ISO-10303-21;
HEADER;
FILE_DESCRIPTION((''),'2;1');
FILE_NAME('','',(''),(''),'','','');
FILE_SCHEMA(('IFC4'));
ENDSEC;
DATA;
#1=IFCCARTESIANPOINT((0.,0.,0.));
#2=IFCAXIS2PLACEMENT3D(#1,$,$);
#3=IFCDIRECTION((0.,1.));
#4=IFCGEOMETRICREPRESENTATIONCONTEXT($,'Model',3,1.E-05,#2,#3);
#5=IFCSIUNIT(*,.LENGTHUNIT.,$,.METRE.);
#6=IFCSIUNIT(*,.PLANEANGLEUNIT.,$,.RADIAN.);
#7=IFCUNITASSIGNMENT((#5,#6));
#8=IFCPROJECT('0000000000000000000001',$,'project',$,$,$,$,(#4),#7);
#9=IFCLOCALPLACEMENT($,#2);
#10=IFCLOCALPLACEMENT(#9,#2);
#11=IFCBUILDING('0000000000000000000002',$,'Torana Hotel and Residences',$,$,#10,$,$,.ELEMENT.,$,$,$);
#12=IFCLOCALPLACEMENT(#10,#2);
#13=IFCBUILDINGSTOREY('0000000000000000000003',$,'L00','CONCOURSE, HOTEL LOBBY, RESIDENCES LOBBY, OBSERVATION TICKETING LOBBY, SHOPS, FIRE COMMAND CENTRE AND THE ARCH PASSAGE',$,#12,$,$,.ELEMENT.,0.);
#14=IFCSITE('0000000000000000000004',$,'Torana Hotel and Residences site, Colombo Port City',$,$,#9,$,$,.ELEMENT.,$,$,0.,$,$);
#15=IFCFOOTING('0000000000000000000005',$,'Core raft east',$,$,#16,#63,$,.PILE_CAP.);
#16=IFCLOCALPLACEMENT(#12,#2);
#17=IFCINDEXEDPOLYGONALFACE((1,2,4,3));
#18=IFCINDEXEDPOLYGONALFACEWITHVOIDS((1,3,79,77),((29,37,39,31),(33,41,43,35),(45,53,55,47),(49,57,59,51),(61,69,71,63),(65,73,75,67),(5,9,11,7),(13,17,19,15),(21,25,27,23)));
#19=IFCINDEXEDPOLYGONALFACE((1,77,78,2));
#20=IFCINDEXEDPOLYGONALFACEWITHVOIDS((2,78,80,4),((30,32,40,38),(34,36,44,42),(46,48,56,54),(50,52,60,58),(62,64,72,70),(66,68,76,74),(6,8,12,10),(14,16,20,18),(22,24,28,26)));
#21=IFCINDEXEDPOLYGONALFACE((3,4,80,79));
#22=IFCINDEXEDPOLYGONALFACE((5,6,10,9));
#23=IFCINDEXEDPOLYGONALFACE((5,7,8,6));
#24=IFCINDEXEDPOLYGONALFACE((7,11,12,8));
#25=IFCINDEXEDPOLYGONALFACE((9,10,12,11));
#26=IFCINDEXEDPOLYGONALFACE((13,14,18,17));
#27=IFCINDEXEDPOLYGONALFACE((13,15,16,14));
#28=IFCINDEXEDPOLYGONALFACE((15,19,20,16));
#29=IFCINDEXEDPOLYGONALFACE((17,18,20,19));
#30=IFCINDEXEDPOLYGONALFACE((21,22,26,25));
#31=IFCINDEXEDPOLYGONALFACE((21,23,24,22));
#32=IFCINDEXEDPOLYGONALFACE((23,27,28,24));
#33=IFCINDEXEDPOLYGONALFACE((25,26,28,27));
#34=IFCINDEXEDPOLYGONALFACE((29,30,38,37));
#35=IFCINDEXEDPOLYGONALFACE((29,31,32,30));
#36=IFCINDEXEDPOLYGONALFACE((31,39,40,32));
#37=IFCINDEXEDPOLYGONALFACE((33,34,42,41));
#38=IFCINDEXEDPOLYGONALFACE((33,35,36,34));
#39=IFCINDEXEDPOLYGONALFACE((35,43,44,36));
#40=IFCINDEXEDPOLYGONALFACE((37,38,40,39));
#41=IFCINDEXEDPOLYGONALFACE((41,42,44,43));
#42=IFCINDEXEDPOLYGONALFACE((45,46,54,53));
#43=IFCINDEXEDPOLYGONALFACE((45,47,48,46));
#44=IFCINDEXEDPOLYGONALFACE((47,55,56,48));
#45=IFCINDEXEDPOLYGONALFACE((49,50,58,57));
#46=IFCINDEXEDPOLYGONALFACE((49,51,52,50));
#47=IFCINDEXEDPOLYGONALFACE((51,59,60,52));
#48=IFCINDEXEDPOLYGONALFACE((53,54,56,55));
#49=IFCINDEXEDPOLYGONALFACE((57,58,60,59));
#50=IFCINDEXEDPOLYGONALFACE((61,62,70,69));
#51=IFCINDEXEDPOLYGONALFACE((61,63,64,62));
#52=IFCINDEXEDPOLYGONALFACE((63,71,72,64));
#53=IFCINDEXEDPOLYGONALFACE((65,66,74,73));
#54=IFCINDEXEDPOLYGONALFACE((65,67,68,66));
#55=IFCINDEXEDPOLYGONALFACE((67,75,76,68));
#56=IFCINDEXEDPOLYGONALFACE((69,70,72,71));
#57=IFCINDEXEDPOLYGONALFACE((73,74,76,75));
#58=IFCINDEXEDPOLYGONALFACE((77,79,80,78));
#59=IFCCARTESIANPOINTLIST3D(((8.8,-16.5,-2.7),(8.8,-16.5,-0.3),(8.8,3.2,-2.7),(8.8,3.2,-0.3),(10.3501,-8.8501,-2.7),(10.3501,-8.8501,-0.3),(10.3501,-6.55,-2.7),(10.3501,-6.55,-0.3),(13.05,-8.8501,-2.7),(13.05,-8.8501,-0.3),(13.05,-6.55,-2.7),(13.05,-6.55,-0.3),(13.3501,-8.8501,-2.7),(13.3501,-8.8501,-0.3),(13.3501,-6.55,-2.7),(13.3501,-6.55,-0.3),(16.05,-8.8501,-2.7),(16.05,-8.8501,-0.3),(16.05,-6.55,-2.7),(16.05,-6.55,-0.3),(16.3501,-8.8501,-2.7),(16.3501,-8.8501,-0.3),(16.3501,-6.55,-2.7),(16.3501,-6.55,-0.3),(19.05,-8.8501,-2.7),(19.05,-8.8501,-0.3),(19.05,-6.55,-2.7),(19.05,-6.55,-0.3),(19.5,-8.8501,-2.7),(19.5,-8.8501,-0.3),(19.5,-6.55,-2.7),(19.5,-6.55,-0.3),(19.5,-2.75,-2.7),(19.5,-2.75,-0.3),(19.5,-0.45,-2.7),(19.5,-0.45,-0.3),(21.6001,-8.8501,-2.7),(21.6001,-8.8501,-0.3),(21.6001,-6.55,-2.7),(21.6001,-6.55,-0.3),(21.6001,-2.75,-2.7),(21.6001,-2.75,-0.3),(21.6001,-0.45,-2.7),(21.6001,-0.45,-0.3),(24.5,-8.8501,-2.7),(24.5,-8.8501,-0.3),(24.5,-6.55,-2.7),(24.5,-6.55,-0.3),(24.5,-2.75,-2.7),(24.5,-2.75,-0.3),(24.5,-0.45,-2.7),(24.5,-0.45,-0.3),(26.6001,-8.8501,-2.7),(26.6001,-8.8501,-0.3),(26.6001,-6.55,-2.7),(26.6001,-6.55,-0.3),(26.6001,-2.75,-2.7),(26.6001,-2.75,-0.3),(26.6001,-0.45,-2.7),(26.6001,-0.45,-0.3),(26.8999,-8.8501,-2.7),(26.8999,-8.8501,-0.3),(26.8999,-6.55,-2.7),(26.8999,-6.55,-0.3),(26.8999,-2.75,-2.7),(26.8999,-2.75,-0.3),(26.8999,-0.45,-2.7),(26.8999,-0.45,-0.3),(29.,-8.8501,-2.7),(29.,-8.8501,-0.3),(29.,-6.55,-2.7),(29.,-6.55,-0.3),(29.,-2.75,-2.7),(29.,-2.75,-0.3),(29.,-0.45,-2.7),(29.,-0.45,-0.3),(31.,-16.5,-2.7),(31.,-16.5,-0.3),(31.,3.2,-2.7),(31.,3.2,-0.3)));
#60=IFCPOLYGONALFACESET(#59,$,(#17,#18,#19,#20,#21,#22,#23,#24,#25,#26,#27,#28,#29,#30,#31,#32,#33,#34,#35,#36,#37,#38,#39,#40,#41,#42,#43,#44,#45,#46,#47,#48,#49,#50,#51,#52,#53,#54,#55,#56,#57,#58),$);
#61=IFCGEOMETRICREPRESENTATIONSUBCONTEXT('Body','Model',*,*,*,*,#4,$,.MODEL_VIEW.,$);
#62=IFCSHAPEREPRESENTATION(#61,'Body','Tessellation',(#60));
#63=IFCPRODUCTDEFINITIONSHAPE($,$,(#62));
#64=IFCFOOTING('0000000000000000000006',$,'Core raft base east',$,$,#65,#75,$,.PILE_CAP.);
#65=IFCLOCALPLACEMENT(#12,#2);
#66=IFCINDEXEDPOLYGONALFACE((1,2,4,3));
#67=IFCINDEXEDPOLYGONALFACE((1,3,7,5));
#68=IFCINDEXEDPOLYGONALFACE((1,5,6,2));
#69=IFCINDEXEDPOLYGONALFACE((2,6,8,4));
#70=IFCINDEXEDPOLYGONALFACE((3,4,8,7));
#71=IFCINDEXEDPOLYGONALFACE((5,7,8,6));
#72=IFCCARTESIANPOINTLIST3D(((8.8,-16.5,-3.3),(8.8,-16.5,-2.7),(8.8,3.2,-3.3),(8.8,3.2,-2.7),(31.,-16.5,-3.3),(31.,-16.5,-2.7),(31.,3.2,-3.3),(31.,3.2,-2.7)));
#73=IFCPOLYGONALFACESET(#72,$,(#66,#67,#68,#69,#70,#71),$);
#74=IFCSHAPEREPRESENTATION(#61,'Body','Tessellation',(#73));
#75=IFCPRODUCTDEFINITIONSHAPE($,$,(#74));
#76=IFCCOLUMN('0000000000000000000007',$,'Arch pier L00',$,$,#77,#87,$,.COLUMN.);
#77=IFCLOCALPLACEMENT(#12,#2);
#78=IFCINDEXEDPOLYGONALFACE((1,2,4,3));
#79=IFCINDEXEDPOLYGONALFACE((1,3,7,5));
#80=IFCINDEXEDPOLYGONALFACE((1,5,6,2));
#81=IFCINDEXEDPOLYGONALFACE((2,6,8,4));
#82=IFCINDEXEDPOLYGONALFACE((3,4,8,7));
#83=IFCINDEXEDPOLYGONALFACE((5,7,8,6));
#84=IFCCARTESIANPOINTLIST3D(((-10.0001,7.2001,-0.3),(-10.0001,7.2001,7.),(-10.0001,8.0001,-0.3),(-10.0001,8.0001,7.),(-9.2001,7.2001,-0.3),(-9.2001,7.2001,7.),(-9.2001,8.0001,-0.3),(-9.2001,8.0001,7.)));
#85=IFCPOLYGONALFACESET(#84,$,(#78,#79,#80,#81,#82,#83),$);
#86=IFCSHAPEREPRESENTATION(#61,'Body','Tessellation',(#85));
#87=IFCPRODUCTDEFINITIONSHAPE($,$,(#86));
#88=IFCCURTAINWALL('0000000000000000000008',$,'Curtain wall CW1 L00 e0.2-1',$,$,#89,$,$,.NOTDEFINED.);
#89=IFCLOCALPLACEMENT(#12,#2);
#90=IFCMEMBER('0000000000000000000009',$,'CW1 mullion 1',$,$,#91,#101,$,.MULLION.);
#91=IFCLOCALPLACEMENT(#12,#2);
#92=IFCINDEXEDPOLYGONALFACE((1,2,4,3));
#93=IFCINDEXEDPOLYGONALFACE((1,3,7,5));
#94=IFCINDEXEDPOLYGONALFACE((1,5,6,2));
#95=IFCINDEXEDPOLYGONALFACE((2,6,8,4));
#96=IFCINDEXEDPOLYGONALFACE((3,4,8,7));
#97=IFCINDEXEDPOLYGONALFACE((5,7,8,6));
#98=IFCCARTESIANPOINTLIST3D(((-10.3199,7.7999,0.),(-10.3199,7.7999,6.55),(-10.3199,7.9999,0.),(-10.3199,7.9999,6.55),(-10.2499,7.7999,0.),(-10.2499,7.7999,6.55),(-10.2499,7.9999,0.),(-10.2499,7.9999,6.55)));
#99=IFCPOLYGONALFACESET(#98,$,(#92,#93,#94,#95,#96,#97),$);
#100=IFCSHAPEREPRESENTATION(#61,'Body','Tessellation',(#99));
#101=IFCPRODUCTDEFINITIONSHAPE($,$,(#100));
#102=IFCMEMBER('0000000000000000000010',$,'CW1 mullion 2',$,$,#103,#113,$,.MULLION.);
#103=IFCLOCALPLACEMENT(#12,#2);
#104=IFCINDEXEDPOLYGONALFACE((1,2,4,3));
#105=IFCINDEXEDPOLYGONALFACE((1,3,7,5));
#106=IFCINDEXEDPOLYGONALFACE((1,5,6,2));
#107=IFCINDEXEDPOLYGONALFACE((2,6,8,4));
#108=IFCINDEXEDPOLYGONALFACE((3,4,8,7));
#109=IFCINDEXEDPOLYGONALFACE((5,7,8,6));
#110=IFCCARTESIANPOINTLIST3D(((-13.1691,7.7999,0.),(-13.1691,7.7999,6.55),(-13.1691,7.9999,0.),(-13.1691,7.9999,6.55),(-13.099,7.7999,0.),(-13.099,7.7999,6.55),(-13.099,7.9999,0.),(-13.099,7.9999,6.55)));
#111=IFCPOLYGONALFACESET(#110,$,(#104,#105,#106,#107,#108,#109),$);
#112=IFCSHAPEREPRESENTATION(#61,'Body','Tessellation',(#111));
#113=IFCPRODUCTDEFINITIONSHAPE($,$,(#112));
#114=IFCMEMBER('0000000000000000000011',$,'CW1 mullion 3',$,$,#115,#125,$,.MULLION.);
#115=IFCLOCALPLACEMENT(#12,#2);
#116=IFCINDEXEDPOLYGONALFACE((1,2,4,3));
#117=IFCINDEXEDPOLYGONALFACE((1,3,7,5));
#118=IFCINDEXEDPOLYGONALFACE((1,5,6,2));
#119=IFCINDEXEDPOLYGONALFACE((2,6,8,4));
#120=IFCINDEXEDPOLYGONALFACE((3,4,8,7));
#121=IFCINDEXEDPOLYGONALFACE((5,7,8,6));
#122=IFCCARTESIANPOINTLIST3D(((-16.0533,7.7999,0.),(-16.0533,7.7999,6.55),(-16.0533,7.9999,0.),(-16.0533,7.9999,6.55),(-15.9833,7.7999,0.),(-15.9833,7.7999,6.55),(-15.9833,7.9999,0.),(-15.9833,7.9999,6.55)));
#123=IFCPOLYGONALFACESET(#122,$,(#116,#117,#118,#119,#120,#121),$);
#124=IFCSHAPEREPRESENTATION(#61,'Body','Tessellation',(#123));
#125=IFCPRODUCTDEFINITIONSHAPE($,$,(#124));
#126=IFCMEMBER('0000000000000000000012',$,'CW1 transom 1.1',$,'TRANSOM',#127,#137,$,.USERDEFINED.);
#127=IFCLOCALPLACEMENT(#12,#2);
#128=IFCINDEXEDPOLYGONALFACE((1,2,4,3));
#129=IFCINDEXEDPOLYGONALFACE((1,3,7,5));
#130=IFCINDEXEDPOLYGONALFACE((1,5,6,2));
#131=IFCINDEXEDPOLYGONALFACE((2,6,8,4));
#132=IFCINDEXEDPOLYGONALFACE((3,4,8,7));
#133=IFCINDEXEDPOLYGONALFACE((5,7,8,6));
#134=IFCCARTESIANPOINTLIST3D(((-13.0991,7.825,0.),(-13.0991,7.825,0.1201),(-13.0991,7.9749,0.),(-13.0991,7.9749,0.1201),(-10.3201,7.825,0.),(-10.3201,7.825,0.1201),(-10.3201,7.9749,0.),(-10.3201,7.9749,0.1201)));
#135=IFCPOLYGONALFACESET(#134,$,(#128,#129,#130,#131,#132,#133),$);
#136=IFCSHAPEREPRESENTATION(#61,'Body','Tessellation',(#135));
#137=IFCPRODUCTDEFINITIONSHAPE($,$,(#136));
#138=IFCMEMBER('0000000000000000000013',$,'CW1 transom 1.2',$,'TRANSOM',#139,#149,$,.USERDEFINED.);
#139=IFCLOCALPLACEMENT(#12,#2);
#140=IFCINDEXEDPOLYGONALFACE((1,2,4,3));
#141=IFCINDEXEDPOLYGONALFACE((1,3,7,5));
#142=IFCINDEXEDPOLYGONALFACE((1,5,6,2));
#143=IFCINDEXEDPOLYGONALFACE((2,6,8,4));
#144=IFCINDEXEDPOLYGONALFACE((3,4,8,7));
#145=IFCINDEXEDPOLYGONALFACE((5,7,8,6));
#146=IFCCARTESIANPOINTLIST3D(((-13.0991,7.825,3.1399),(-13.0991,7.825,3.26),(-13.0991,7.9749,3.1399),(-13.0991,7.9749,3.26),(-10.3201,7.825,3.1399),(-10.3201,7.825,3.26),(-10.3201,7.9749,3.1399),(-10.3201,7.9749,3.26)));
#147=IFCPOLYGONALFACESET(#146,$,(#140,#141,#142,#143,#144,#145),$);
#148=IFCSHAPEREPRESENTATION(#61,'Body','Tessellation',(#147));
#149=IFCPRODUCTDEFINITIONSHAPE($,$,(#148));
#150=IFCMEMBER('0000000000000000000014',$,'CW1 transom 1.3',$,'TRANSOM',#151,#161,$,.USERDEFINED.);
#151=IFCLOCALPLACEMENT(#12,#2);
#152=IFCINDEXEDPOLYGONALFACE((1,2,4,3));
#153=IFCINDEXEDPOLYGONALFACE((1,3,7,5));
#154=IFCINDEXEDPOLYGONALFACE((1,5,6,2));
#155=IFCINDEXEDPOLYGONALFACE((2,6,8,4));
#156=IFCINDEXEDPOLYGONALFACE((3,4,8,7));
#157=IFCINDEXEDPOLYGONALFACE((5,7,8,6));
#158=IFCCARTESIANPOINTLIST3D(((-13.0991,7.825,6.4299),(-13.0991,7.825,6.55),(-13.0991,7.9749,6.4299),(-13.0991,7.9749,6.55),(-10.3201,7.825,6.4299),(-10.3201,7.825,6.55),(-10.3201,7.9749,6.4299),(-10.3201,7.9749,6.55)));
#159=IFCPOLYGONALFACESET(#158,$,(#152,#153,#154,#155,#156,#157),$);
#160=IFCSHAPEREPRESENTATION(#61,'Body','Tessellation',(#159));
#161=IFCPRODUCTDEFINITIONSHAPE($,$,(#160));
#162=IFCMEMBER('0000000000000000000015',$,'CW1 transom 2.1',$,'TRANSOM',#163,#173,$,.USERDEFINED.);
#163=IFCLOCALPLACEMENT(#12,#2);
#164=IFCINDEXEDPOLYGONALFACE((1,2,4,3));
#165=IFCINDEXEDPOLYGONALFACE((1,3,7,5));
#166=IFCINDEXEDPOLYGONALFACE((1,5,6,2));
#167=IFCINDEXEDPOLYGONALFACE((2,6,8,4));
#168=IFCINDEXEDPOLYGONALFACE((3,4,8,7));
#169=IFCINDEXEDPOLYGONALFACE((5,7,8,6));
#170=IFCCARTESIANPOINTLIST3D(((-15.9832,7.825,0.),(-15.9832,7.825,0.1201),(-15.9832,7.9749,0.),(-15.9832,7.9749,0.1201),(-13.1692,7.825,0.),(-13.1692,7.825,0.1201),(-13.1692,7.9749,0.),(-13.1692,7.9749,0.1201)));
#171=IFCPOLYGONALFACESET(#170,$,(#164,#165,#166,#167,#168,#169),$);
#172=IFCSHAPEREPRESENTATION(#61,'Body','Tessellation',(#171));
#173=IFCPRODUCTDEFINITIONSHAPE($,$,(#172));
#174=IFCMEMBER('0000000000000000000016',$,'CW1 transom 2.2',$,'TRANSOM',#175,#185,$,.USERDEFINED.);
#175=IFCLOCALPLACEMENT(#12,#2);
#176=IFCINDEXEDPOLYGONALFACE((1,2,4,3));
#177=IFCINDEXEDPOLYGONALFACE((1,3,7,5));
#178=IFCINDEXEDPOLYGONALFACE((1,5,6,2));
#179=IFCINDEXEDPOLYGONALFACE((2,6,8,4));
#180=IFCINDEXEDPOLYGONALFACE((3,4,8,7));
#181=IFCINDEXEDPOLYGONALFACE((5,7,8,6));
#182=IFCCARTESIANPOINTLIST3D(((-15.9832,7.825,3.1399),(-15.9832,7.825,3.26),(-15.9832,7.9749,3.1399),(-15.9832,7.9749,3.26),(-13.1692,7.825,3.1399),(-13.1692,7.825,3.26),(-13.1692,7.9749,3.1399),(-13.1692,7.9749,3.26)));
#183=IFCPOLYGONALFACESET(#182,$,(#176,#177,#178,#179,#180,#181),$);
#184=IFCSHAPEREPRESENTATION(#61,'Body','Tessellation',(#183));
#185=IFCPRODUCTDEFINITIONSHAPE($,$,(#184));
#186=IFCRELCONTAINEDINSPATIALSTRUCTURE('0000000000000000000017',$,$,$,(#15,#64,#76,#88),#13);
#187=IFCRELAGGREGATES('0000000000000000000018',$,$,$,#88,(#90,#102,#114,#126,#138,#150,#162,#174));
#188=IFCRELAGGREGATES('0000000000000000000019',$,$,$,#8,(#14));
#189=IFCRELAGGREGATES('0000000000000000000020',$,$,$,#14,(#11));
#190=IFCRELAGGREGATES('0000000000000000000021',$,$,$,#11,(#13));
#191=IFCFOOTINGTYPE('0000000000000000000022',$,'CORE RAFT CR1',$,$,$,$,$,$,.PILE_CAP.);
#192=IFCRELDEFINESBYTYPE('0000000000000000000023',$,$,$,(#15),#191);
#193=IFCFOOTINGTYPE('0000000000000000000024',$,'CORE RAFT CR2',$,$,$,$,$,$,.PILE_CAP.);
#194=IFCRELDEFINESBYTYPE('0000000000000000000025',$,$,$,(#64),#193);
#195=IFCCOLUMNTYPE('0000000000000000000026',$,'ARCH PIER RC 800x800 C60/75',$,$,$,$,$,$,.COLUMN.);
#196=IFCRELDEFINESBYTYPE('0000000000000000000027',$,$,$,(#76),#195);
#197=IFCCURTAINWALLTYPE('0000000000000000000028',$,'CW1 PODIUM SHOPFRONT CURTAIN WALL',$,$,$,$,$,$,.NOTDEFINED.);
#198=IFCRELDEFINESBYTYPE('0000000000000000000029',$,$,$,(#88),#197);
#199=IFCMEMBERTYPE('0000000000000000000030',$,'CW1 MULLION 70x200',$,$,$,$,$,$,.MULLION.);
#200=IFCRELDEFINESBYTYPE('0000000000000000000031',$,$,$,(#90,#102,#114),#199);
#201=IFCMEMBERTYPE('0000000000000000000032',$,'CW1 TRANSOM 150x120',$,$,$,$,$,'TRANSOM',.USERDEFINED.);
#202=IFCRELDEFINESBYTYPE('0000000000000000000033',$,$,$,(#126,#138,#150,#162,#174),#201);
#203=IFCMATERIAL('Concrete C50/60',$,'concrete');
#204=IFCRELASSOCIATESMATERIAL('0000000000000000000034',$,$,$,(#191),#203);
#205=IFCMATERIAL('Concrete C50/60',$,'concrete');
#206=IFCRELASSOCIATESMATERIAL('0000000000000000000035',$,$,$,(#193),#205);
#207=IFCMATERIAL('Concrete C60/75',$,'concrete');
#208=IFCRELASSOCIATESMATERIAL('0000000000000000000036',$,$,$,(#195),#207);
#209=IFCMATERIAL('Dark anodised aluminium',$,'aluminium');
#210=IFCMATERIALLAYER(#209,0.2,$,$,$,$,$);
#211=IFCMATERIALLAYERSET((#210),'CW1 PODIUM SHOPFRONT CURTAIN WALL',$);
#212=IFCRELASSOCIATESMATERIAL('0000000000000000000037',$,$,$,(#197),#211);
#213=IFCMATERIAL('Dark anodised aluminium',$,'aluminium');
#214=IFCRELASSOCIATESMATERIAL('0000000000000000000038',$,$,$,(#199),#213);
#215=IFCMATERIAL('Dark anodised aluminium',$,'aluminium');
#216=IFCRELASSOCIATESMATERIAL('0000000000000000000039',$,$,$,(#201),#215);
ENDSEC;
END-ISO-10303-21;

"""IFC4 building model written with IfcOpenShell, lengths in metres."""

from ifc_helpers import new_model, si_unit, direction, frame, origin, origin_2d, place, context, subcontext, project, spatial, polyline, rectangle, outline, extrude, material, layer, layer_set, material_profile, profile_set, type_object, element, aggregate, save


model = new_model("IFC4")

# Units and contexts
model_context = context("Model", 3, precision=1e-05, world=origin(), true_north=direction((0.0, 1.0)))
body_context = subcontext(model_context, "Body", "Model", "MODEL_VIEW")
ifc_project = project(units=[si_unit("LENGTHUNIT", "METRE"), si_unit("PLANEANGLEUNIT", "RADIAN")], contexts=[model_context])

# Site, building, storey
site_placement = place(None, origin())
site = spatial("IfcSite", under=ifc_project, at=site_placement, Name="Torana Hotel and Residences site, Colombo Port City", CompositionType="ELEMENT", RefElevation=0.0)
building_placement = place(site_placement, origin())
building = spatial("IfcBuilding", under=site, at=building_placement, Name="Torana Hotel and Residences", CompositionType="ELEMENT")
storey_placement = place(building_placement, origin())
storey = spatial("IfcBuildingStorey", under=building, at=storey_placement, Name="L00", Description="CONCOURSE, HOTEL LOBBY, RESIDENCES LOBBY, OBSERVATION TICKETING LOBBY, SHOPS, FIRE COMMAND CENTRE AND THE ARCH PASSAGE", CompositionType="ELEMENT", Elevation=0.0)

# Footings
ifc_material_1 = material(Name="Concrete C50/60", Category="concrete")
footing_type_1 = type_object("IfcFootingType", Name="CORE RAFT CR1", PredefinedType="PILE_CAP", material=ifc_material_1)
footing_1_placement = place(storey_placement, frame((0.0, 0.0, -2.7)))
element("IfcFooting", 1, at=footing_1_placement, inside=storey, type_object=footing_type_1, Name="Core raft east", PredefinedType="PILE_CAP", context=body_context, shape_type="SweptSolid", body=[
    extrude(outline(polyline([(8.8, -16.5), (31.0, -16.5), (31.0, 3.2), (8.8, 3.2), (8.8, -16.5)]), holes=[polyline([(24.5, -2.75), (26.6001, -2.75), (26.6001, -0.45), (24.5, -0.45), (24.5, -2.75)]), polyline([(26.8999, -2.75), (29.0, -2.75), (29.0, -0.45), (26.8999, -0.45), (26.8999, -2.75)]), polyline([(24.5, -8.8501), (26.6001, -8.8501), (26.6001, -6.55), (24.5, -6.55), (24.5, -8.8501)]), polyline([(26.8999, -8.8501), (29.0, -8.8501), (29.0, -6.55), (26.8999, -6.55), (26.8999, -8.8501)]), polyline([(19.5, -2.75), (21.6001, -2.75), (21.6001, -0.45), (19.5, -0.45), (19.5, -2.75)]), polyline([(19.5, -8.8501), (21.6001, -8.8501), (21.6001, -6.55), (19.5, -6.55), (19.5, -8.8501)]), polyline([(10.3501, -8.8501), (13.05, -8.8501), (13.05, -6.55), (10.3501, -6.55), (10.3501, -8.8501)]), polyline([(13.3501, -8.8501), (16.05, -8.8501), (16.05, -6.55), (13.3501, -6.55), (13.3501, -8.8501)]), polyline([(16.3501, -8.8501), (19.05, -8.8501), (19.05, -6.55), (16.3501, -6.55), (16.3501, -8.8501)])]), origin(), (0.0, 0.0, 1.0), 2.3999),
])
ifc_material_2 = material(Name="Concrete C50/60", Category="concrete")
footing_type_2 = type_object("IfcFootingType", Name="CORE RAFT CR2", PredefinedType="PILE_CAP", material=ifc_material_2)
footing_2_placement = place(storey_placement, frame((0.0, 0.0, -3.3)))
element("IfcFooting", 2, at=footing_2_placement, inside=storey, type_object=footing_type_2, Name="Core raft base east", PredefinedType="PILE_CAP", context=body_context, shape_type="SweptSolid", body=[
    extrude(outline(polyline([(8.8, -16.5), (31.0, -16.5), (31.0, 3.2), (8.8, 3.2), (8.8, -16.5)])), origin(), (0.0, 0.0, 1.0), 0.6001),
])

# Column
ifc_material_3 = material(Name="Concrete C60/75", Category="concrete")
ifc_material_profile_1 = material_profile(ifc_material_3, rectangle(XDim=0.8, YDim=0.8, at=origin_2d()), Name="RC 800x800")
ifc_profile_set_1 = profile_set([ifc_material_profile_1], Name="Concrete C60/75")
column_type = type_object("IfcColumnType", Name="ARCH PIER RC 800x800 C60/75", PredefinedType="COLUMN", material=ifc_profile_set_1)
column_placement = place(storey_placement, frame((-9.6001, 7.6001, -0.3), z_axis=(0.0, 0.0, 1.0), x_axis=(1.0, 0.0, 0.0)))
element("IfcColumn", 3, at=column_placement, inside=storey, type_object=column_type, Name="Arch pier L00", PredefinedType="COLUMN", context=body_context, shape_type="SweptSolid", body=[
    extrude(rectangle(XDim=0.8, YDim=0.8, at=origin_2d()), origin(), (0.0, 0.0, 1.0), 7.3),
])

# Curtain wall, members
ifc_material_4 = material(Name="Dark anodised aluminium", Category="aluminium")
ifc_layer_1 = layer(ifc_material_4, 0.2)
ifc_layer_set_1 = layer_set([ifc_layer_1], Name="CW1 PODIUM SHOPFRONT CURTAIN WALL")
curtain_wall_type = type_object("IfcCurtainWallType", Name="CW1 PODIUM SHOPFRONT CURTAIN WALL", PredefinedType="NOTDEFINED", material=ifc_layer_set_1)
curtain_wall_placement = place(storey_placement, origin())
curtain_wall = element("IfcCurtainWall", 4, at=curtain_wall_placement, inside=storey, type_object=curtain_wall_type, Name="Curtain wall CW1 L00 e0.2-1", PredefinedType="NOTDEFINED")
ifc_material_5 = material(Name="Dark anodised aluminium", Category="aluminium")
ifc_material_profile_2 = material_profile(ifc_material_5, rectangle(XDim=0.2, YDim=0.0701, at=origin_2d()), Name="CW1 MULLION 70x200")
ifc_profile_set_2 = profile_set([ifc_material_profile_2], Name="Dark anodised aluminium")
member_type_1 = type_object("IfcMemberType", Name="CW1 MULLION 70x200", PredefinedType="MULLION", material=ifc_profile_set_2)
member_1_placement = place(storey_placement, frame((-10.2849, 7.8999, 0.0), z_axis=(0.0, 0.0, 1.0), x_axis=(0.0, -1.0, 0.0)))
member_1 = element("IfcMember", 5, at=member_1_placement, type_object=member_type_1, Name="CW1 mullion 1", PredefinedType="MULLION", context=body_context, shape_type="SweptSolid", body=[
    extrude(rectangle(XDim=0.2, YDim=0.0701, at=origin_2d()), origin(), (0.0, 0.0, 1.0), 6.55),
])
member_2_placement = place(storey_placement, frame((-13.134, 7.8999, 0.0), z_axis=(0.0, 0.0, 1.0), x_axis=(0.0, -1.0, 0.0)))
member_2 = element("IfcMember", 6, at=member_2_placement, type_object=member_type_1, Name="CW1 mullion 2", PredefinedType="MULLION", context=body_context, shape_type="SweptSolid", body=[
    extrude(rectangle(XDim=0.2, YDim=0.0701, at=origin_2d()), origin(), (0.0, 0.0, 1.0), 6.55),
])
member_3_placement = place(storey_placement, frame((-16.0183, 7.8999, 0.0), z_axis=(0.0, 0.0, 1.0), x_axis=(0.0, -1.0, 0.0)))
member_3 = element("IfcMember", 7, at=member_3_placement, type_object=member_type_1, Name="CW1 mullion 3", PredefinedType="MULLION", context=body_context, shape_type="SweptSolid", body=[
    extrude(rectangle(XDim=0.2, YDim=0.0701, at=origin_2d()), origin(), (0.0, 0.0, 1.0), 6.55),
])
ifc_material_6 = material(Name="Dark anodised aluminium", Category="aluminium")
ifc_material_profile_3 = material_profile(ifc_material_6, rectangle(XDim=0.1499, YDim=0.1201, at=origin_2d()), Name="CW1 TRANSOM 150x120")
ifc_profile_set_3 = profile_set([ifc_material_profile_3], Name="Dark anodised aluminium")
member_type_2 = type_object("IfcMemberType", Name="CW1 TRANSOM 150x120", ElementType="TRANSOM", PredefinedType="USERDEFINED", material=ifc_profile_set_3)
member_4_placement = place(storey_placement, frame((-10.3201, 7.8999, 0.0601), z_axis=(-1.0, 0.0, 0.0), x_axis=(0.0, -1.0, 0.0)))
member_4 = element("IfcMember", 8, at=member_4_placement, type_object=member_type_2, Name="CW1 transom 1.1", ObjectType="TRANSOM", PredefinedType="USERDEFINED", context=body_context, shape_type="SweptSolid", body=[
    extrude(rectangle(XDim=0.1499, YDim=0.1201, at=origin_2d()), origin(), (0.0, 0.0, 1.0), 2.7791),
])
member_5_placement = place(storey_placement, frame((-10.3201, 7.8999, 3.2), z_axis=(-1.0, 0.0, 0.0), x_axis=(0.0, -1.0, 0.0)))
member_5 = element("IfcMember", 9, at=member_5_placement, type_object=member_type_2, Name="CW1 transom 1.2", ObjectType="TRANSOM", PredefinedType="USERDEFINED", context=body_context, shape_type="SweptSolid", body=[
    extrude(rectangle(XDim=0.1499, YDim=0.1201, at=origin_2d()), origin(), (0.0, 0.0, 1.0), 2.7791),
])
member_6_placement = place(storey_placement, frame((-10.3201, 7.8999, 6.49), z_axis=(-1.0, 0.0, 0.0), x_axis=(0.0, -1.0, 0.0)))
member_6 = element("IfcMember", 10, at=member_6_placement, type_object=member_type_2, Name="CW1 transom 1.3", ObjectType="TRANSOM", PredefinedType="USERDEFINED", context=body_context, shape_type="SweptSolid", body=[
    extrude(rectangle(XDim=0.1499, YDim=0.1201, at=origin_2d()), origin(), (0.0, 0.0, 1.0), 2.7791),
])
member_7_placement = place(storey_placement, frame((-13.1692, 7.8999, 0.0601), z_axis=(-1.0, 0.0, 0.0), x_axis=(0.0, -1.0, 0.0)))
member_7 = element("IfcMember", 11, at=member_7_placement, type_object=member_type_2, Name="CW1 transom 2.1", ObjectType="TRANSOM", PredefinedType="USERDEFINED", context=body_context, shape_type="SweptSolid", body=[
    extrude(rectangle(XDim=0.1499, YDim=0.1201, at=origin_2d()), origin(), (0.0, 0.0, 1.0), 2.814),
])
member_8_placement = place(storey_placement, frame((-13.1692, 7.8999, 3.2), z_axis=(-1.0, 0.0, 0.0), x_axis=(0.0, -1.0, 0.0)))
member_8 = element("IfcMember", 12, at=member_8_placement, type_object=member_type_2, Name="CW1 transom 2.2", ObjectType="TRANSOM", PredefinedType="USERDEFINED", context=body_context, shape_type="SweptSolid", body=[
    extrude(rectangle(XDim=0.1499, YDim=0.1201, at=origin_2d()), origin(), (0.0, 0.0, 1.0), 2.814),
])
aggregate(curtain_wall, [member_1, member_2, member_3, member_4, member_5, member_6, member_7, member_8])

save(model, "model.ifc")
